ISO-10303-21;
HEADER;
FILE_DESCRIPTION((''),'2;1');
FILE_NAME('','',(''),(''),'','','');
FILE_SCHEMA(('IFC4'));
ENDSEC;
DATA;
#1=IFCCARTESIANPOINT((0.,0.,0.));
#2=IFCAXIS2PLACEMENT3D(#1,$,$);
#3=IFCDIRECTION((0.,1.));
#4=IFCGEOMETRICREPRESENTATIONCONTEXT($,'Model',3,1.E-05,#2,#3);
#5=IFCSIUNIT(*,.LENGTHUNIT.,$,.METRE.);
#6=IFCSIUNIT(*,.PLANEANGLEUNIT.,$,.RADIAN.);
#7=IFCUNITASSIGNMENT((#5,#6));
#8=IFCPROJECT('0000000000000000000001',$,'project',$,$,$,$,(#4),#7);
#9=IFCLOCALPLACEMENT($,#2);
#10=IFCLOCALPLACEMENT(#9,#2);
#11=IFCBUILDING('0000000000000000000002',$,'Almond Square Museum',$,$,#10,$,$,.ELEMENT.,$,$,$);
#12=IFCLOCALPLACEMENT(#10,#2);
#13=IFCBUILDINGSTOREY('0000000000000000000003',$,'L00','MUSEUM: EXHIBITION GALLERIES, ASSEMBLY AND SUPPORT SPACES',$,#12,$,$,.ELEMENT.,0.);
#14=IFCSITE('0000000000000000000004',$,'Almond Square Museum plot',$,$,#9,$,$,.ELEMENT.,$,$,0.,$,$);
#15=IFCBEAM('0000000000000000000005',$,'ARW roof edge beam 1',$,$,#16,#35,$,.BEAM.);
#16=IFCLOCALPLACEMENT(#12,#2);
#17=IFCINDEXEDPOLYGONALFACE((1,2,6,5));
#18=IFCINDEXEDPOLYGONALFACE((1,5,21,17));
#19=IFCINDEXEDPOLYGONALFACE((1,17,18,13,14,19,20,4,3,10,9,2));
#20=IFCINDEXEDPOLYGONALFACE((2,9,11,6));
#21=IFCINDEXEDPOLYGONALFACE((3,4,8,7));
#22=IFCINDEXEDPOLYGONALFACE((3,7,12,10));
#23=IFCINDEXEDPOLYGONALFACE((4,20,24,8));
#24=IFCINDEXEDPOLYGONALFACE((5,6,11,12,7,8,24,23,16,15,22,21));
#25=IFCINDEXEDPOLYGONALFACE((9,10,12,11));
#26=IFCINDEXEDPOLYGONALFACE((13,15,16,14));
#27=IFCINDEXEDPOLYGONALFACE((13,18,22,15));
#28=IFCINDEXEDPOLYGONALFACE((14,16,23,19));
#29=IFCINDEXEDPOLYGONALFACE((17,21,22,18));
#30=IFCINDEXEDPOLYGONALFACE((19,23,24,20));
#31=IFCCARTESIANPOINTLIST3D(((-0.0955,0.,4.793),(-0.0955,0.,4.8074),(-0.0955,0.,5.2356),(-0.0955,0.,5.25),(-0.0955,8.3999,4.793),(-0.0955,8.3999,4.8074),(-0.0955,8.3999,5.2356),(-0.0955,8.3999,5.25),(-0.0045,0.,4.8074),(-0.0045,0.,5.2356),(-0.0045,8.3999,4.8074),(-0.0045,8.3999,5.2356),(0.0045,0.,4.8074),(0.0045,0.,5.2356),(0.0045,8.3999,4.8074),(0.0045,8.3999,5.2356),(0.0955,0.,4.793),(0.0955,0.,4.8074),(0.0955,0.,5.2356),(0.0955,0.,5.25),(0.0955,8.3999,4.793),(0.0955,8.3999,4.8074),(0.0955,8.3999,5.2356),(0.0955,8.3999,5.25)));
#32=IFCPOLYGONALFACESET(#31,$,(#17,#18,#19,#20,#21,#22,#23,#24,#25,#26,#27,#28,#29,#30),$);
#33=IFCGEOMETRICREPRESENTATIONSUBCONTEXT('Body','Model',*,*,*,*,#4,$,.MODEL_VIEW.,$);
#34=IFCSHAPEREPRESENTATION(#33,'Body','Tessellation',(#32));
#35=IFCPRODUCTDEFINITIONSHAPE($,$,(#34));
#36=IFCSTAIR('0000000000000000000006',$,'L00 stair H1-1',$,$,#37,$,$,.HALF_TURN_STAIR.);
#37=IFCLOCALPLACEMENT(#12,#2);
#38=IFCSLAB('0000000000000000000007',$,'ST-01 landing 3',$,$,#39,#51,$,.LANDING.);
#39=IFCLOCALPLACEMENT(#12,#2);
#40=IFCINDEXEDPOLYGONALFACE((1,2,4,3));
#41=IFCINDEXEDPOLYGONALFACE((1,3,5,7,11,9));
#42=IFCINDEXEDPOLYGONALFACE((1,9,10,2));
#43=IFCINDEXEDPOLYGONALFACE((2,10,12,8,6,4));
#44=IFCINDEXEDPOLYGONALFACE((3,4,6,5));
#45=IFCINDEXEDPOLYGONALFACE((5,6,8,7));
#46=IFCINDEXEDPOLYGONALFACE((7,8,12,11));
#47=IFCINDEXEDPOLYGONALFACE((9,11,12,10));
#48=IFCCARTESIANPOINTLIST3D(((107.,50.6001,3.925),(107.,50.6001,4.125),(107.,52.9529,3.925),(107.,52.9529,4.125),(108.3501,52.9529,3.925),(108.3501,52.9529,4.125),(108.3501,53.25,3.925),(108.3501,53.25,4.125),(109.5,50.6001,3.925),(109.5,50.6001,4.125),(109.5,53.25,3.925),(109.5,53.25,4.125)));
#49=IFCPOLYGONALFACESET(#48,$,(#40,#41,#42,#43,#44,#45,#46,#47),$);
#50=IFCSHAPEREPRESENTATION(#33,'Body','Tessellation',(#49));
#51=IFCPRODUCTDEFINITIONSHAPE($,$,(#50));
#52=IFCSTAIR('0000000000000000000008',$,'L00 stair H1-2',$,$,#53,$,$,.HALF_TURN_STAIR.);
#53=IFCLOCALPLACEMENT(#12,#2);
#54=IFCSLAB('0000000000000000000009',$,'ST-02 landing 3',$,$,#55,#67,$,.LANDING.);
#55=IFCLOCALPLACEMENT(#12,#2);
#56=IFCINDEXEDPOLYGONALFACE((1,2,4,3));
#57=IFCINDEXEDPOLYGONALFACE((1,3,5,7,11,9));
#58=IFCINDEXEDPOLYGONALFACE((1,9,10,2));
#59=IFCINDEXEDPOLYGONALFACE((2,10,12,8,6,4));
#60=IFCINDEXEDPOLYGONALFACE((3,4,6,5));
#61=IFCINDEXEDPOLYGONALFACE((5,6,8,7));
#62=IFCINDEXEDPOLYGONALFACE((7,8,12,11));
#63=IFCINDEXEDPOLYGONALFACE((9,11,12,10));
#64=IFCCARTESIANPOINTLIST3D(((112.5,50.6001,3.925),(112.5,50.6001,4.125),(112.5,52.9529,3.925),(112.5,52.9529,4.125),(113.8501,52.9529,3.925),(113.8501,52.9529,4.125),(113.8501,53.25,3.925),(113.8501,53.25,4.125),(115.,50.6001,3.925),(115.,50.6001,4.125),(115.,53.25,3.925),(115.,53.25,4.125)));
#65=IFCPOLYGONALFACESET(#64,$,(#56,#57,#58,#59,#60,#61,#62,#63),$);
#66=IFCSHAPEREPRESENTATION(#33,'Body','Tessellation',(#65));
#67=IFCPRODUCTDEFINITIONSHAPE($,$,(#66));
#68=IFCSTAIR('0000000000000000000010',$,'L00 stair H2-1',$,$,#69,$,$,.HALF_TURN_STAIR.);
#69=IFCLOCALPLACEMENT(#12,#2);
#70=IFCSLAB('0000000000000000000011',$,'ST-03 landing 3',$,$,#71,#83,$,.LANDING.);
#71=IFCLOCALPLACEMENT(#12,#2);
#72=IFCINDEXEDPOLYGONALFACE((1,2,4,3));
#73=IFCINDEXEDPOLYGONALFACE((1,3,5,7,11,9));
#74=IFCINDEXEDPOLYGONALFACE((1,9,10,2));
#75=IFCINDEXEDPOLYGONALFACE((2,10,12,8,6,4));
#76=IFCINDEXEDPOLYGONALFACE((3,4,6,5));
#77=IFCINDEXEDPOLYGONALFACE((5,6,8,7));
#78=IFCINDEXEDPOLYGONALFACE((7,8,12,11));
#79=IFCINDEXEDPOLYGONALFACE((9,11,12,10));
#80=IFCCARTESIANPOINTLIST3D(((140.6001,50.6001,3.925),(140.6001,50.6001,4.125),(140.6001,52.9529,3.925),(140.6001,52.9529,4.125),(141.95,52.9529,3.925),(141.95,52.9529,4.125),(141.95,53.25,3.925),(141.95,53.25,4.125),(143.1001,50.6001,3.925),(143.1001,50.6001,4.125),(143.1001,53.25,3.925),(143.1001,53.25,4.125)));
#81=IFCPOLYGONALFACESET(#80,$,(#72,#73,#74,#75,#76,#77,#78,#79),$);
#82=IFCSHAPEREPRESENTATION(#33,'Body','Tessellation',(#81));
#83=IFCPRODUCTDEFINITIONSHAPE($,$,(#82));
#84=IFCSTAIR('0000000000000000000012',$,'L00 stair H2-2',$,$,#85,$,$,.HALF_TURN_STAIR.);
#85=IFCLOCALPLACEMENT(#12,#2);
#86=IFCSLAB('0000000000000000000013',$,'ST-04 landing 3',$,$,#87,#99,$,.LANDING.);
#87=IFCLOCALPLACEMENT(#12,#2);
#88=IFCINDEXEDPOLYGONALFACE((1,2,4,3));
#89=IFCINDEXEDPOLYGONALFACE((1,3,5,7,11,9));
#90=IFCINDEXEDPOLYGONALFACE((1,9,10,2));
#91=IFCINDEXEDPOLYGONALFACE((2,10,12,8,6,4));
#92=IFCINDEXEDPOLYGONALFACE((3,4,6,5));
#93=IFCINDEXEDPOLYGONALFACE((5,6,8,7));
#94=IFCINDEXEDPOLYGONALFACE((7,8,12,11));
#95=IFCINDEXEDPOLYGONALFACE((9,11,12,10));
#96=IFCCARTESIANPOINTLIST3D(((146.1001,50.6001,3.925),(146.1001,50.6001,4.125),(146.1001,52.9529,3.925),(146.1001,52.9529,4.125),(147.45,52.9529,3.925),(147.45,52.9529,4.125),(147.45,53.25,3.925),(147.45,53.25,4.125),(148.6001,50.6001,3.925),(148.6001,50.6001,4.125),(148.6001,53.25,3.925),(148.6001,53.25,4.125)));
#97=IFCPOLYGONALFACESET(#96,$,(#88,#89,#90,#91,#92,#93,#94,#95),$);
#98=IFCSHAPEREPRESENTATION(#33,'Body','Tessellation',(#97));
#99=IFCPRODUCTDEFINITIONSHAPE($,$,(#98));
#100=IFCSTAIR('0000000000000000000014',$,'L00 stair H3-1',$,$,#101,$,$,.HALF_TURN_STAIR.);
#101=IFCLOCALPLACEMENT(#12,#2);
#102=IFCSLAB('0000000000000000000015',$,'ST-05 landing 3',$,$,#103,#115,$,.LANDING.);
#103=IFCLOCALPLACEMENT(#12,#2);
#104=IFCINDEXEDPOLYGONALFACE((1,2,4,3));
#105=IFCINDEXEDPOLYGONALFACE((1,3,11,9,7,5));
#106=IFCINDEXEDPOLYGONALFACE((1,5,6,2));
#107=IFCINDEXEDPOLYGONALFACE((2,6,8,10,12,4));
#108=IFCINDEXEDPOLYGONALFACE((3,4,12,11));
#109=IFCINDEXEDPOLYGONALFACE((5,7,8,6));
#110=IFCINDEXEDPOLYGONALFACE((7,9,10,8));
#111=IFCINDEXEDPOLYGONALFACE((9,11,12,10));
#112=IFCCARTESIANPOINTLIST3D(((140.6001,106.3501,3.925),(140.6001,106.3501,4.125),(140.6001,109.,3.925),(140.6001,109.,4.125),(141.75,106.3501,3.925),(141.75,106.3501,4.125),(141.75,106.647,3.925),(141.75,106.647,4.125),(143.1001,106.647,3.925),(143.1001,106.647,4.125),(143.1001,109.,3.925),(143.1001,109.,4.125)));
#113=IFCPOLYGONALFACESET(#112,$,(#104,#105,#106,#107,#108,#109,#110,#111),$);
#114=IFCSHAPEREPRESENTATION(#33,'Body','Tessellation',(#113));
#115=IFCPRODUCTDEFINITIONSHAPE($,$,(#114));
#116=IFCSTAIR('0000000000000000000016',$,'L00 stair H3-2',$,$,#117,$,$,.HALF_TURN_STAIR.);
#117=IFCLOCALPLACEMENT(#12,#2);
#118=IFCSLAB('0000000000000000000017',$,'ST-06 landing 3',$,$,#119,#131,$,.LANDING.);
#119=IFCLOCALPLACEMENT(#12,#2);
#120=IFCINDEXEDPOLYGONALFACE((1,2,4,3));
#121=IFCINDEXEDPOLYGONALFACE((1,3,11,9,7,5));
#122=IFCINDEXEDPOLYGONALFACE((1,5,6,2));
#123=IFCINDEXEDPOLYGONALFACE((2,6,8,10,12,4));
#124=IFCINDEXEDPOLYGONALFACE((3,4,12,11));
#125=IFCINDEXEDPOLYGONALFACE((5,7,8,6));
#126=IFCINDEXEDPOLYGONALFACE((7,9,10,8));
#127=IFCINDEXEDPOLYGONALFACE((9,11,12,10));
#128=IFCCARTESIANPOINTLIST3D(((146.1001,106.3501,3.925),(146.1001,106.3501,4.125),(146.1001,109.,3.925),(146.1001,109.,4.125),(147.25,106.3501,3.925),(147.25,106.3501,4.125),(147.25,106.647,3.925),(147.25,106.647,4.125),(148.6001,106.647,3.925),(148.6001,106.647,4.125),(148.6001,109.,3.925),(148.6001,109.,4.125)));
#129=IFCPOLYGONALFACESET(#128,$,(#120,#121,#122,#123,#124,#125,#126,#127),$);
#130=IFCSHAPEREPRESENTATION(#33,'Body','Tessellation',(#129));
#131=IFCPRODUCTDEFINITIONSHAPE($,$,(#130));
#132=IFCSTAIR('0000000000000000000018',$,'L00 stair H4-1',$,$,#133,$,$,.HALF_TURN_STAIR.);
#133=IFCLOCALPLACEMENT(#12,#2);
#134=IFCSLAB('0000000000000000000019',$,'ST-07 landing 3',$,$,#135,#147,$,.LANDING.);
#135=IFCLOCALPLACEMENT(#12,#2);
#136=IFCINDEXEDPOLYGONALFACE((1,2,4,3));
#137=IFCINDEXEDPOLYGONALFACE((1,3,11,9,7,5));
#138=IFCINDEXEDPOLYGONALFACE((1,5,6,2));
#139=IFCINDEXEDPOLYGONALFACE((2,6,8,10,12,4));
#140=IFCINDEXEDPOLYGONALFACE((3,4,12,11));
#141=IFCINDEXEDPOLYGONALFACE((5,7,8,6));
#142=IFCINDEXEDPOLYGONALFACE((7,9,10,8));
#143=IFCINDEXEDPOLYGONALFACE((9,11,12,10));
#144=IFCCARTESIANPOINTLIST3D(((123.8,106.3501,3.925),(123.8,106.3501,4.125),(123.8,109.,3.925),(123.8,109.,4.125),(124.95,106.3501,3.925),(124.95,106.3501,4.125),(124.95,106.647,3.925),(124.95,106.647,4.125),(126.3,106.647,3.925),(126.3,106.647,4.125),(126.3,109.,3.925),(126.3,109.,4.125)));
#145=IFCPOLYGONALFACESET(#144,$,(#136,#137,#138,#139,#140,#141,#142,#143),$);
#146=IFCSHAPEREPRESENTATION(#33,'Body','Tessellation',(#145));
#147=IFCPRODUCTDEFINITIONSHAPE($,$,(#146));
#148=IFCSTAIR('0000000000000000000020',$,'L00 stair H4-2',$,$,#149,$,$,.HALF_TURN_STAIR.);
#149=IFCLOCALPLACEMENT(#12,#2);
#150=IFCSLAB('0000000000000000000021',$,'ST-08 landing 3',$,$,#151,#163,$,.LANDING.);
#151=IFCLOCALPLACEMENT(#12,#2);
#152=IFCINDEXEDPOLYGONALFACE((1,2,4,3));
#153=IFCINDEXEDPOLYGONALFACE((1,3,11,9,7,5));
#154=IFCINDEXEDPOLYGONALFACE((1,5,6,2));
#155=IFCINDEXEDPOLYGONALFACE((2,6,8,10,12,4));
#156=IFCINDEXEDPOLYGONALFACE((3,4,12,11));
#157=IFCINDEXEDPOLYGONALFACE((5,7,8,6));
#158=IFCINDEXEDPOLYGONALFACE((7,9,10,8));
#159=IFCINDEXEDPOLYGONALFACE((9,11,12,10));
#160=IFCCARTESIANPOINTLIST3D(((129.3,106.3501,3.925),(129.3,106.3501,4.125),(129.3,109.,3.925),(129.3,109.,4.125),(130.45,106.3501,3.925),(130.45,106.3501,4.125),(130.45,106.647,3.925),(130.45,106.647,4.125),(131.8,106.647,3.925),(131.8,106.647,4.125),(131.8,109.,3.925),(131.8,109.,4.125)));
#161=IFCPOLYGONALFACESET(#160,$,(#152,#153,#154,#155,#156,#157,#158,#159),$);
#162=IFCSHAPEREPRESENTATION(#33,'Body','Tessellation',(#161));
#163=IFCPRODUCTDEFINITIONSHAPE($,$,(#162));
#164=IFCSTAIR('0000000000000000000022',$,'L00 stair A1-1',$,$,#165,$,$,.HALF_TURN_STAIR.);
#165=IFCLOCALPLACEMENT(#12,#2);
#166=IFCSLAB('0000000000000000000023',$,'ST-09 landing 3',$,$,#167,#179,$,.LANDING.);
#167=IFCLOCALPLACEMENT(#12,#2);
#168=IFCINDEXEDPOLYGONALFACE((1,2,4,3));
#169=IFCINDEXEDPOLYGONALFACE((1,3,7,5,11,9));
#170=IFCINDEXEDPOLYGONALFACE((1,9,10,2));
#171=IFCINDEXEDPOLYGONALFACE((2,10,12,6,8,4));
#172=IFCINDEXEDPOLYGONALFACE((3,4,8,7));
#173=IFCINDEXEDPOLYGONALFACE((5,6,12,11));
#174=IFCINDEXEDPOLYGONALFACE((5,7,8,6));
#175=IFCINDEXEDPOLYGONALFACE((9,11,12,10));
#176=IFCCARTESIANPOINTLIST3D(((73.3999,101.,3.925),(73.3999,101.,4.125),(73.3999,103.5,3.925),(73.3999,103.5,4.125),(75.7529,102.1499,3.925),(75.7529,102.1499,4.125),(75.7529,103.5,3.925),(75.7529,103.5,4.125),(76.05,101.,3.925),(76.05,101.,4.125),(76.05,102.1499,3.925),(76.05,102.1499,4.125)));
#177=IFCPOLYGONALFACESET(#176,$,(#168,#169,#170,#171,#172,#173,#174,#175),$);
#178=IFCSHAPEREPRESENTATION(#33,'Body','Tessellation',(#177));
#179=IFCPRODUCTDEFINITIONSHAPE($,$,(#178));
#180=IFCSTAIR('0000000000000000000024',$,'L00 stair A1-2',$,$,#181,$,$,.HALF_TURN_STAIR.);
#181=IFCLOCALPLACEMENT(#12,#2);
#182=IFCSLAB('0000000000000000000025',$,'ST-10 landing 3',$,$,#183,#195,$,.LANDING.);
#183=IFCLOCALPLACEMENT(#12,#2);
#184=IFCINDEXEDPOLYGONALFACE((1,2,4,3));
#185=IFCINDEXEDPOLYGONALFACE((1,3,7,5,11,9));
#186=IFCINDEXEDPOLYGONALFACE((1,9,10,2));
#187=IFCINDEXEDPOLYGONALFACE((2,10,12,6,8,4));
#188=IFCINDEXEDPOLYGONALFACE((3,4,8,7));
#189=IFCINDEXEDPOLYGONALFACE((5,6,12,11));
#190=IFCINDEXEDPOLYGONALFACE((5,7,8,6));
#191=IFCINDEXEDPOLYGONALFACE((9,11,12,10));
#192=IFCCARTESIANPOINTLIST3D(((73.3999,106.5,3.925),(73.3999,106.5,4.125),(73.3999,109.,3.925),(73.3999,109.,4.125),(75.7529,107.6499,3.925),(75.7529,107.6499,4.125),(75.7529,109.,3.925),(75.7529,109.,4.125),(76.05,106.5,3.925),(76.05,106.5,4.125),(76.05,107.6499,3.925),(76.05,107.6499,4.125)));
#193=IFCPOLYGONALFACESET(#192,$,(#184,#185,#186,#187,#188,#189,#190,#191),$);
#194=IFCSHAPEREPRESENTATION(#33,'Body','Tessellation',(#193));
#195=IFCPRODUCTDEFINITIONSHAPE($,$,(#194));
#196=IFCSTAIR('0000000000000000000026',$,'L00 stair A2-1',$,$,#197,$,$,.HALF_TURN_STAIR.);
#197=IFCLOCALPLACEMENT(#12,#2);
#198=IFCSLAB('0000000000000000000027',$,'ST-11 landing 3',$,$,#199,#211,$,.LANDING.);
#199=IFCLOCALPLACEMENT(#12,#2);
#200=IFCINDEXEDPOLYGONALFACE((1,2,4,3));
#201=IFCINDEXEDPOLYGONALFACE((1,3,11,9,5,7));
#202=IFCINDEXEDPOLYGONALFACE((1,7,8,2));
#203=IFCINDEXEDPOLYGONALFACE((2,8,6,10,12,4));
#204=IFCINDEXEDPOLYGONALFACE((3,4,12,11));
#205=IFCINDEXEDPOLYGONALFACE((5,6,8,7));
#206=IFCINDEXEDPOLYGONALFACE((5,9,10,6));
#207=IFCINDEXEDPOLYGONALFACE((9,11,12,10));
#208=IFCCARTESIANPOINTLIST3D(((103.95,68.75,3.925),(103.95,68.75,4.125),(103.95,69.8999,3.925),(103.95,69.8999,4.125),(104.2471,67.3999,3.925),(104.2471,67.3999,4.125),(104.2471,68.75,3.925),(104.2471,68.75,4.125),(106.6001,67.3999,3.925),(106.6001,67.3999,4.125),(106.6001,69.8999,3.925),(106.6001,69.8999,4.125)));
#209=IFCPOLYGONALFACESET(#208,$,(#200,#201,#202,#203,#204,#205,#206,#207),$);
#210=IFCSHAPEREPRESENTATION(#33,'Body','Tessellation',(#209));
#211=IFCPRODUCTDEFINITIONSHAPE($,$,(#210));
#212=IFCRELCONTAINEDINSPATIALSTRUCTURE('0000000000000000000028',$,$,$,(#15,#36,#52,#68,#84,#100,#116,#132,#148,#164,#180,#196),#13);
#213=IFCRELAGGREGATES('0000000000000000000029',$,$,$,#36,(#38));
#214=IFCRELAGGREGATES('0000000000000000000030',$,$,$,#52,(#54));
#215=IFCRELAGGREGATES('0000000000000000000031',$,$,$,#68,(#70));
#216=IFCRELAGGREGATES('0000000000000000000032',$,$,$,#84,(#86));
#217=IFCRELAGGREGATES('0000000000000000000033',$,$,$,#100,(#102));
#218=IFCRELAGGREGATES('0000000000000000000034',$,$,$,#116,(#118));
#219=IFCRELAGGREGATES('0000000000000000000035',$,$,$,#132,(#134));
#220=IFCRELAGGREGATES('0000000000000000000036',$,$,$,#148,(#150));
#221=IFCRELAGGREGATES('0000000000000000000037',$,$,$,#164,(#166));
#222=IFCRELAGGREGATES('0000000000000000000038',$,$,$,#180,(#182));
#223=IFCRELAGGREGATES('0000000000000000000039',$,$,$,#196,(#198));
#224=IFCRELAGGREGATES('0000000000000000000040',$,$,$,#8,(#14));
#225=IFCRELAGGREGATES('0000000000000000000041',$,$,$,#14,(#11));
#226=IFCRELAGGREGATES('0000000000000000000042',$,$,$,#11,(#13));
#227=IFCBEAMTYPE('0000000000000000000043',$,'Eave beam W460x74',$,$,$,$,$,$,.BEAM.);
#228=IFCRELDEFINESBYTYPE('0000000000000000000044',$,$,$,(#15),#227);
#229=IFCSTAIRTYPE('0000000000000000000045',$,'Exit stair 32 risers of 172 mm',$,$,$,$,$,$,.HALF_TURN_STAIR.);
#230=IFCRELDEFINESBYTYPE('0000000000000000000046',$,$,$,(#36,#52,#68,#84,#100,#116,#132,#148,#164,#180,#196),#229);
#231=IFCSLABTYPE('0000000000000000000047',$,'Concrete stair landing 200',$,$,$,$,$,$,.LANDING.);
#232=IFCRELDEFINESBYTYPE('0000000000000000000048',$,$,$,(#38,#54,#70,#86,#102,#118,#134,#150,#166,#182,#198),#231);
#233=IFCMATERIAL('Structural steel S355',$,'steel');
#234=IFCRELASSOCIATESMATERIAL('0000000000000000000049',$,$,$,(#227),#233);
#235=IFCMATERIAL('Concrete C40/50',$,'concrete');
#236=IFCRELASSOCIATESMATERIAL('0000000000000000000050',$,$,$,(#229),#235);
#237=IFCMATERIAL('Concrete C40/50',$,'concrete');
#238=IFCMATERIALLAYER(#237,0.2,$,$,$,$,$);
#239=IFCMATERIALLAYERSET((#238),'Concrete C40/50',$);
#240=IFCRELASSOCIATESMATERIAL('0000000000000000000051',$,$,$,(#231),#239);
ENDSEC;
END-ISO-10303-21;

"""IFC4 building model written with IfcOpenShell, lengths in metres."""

from ifc_helpers import new_model, si_unit, direction, frame, origin, origin_2d, place, context, subcontext, project, spatial, polyline, i_section, outline, extrude, material, layer, layer_set, material_profile, profile_set, type_object, element, aggregate, save


model = new_model("IFC4")

# Units and contexts
model_context = context("Model", 3, precision=1e-05, world=origin(), true_north=direction((0.0, 1.0)))
body_context = subcontext(model_context, "Body", "Model", "MODEL_VIEW")
ifc_project = project(units=[si_unit("LENGTHUNIT", "METRE"), si_unit("PLANEANGLEUNIT", "RADIAN")], contexts=[model_context])

# Site, building, storey
site_placement = place(None, origin())
site = spatial("IfcSite", under=ifc_project, at=site_placement, Name="Almond Square Museum plot", CompositionType="ELEMENT", RefElevation=0.0)
building_placement = place(site_placement, origin())
building = spatial("IfcBuilding", under=site, at=building_placement, Name="Almond Square Museum", CompositionType="ELEMENT")
storey_placement = place(building_placement, origin())
storey = spatial("IfcBuildingStorey", under=building, at=storey_placement, Name="L00", Description="MUSEUM: EXHIBITION GALLERIES, ASSEMBLY AND SUPPORT SPACES", CompositionType="ELEMENT", Elevation=0.0)

# Beam
ifc_material_1 = material(Name="Structural steel S355", Category="steel")
ifc_material_profile = material_profile(ifc_material_1, i_section(OverallWidth=0.1909, OverallDepth=0.457, WebThickness=0.009, FlangeThickness=0.0144, at=origin_2d()))
ifc_profile_set = profile_set([ifc_material_profile], Name="Structural steel S355")
beam_type = type_object("IfcBeamType", Name="Eave beam W460x74", PredefinedType="BEAM", material=ifc_profile_set)
beam_placement = place(storey_placement, frame((0.0, 0.0, 5.0215), z_axis=(0.0, 1.0, 0.0), x_axis=(-1.0, 0.0, 0.0)))
element("IfcBeam", 1, at=beam_placement, inside=storey, type_object=beam_type, Name="ARW roof edge beam 1", PredefinedType="BEAM", context=body_context, shape_type="SweptSolid", body=[
    extrude(i_section(OverallWidth=0.1909, OverallDepth=0.457, WebThickness=0.009, FlangeThickness=0.0144, at=origin_2d()), origin(), (0.0, 0.0, 1.0), 8.3999),
])

# Stairs, slabs
ifc_material_2 = material(Name="Concrete C40/50", Category="concrete")
stair_type = type_object("IfcStairType", Name="Exit stair 32 risers of 172 mm", PredefinedType="HALF_TURN_STAIR", material=ifc_material_2)
stair_1_placement = place(storey_placement, origin())
stair_1 = element("IfcStair", 2, at=stair_1_placement, inside=storey, type_object=stair_type, Name="L00 stair H1-1", PredefinedType="HALF_TURN_STAIR")
ifc_material_3 = material(Name="Concrete C40/50", Category="concrete")
ifc_layer = layer(ifc_material_3, 0.2)
ifc_layer_set = layer_set([ifc_layer], Name="Concrete C40/50")
slab_type = type_object("IfcSlabType", Name="Concrete stair landing 200", PredefinedType="LANDING", material=ifc_layer_set)
slab_1_placement = place(storey_placement, frame((0.0, 0.0, 3.925)))
slab_1 = element("IfcSlab", 3, at=slab_1_placement, type_object=slab_type, Name="ST-01 landing 3", PredefinedType="LANDING", context=body_context, shape_type="SweptSolid", body=[
    extrude(outline(polyline([(107.0, 52.9529), (107.0, 50.6001), (109.5, 50.6001), (109.5, 53.25), (108.3501, 53.25), (108.3501, 52.9529), (107.0, 52.9529)])), origin(), (0.0, 0.0, 1.0), 0.2),
])
aggregate(stair_1, [slab_1])
stair_2_placement = place(storey_placement, origin())
stair_2 = element("IfcStair", 4, at=stair_2_placement, inside=storey, type_object=stair_type, Name="L00 stair H1-2", PredefinedType="HALF_TURN_STAIR")
slab_2_placement = place(storey_placement, frame((0.0, 0.0, 3.925)))
slab_2 = element("IfcSlab", 5, at=slab_2_placement, type_object=slab_type, Name="ST-02 landing 3", PredefinedType="LANDING", context=body_context, shape_type="SweptSolid", body=[
    extrude(outline(polyline([(112.5, 52.9529), (112.5, 50.6001), (115.0, 50.6001), (115.0, 53.25), (113.8501, 53.25), (113.8501, 52.9529), (112.5, 52.9529)])), origin(), (0.0, 0.0, 1.0), 0.2),
])
aggregate(stair_2, [slab_2])
stair_3_placement = place(storey_placement, origin())
stair_3 = element("IfcStair", 6, at=stair_3_placement, inside=storey, type_object=stair_type, Name="L00 stair H2-1", PredefinedType="HALF_TURN_STAIR")
slab_3_placement = place(storey_placement, frame((0.0, 0.0, 3.925)))
slab_3 = element("IfcSlab", 7, at=slab_3_placement, type_object=slab_type, Name="ST-03 landing 3", PredefinedType="LANDING", context=body_context, shape_type="SweptSolid", body=[
    extrude(outline(polyline([(140.6001, 52.9529), (140.6001, 50.6001), (143.1001, 50.6001), (143.1001, 53.25), (141.95, 53.25), (141.95, 52.9529), (140.6001, 52.9529)])), origin(), (0.0, 0.0, 1.0), 0.2),
])
aggregate(stair_3, [slab_3])
stair_4_placement = place(storey_placement, origin())
stair_4 = element("IfcStair", 8, at=stair_4_placement, inside=storey, type_object=stair_type, Name="L00 stair H2-2", PredefinedType="HALF_TURN_STAIR")
slab_4_placement = place(storey_placement, frame((0.0, 0.0, 3.925)))
slab_4 = element("IfcSlab", 9, at=slab_4_placement, type_object=slab_type, Name="ST-04 landing 3", PredefinedType="LANDING", context=body_context, shape_type="SweptSolid", body=[
    extrude(outline(polyline([(146.1001, 52.9529), (146.1001, 50.6001), (148.6001, 50.6001), (148.6001, 53.25), (147.45, 53.25), (147.45, 52.9529), (146.1001, 52.9529)])), origin(), (0.0, 0.0, 1.0), 0.2),
])
aggregate(stair_4, [slab_4])
stair_5_placement = place(storey_placement, origin())
stair_5 = element("IfcStair", 10, at=stair_5_placement, inside=storey, type_object=stair_type, Name="L00 stair H3-1", PredefinedType="HALF_TURN_STAIR")
slab_5_placement = place(storey_placement, frame((0.0, 0.0, 3.925)))
slab_5 = element("IfcSlab", 11, at=slab_5_placement, type_object=slab_type, Name="ST-05 landing 3", PredefinedType="LANDING", context=body_context, shape_type="SweptSolid", body=[
    extrude(outline(polyline([(143.1001, 106.647), (143.1001, 109.0), (140.6001, 109.0), (140.6001, 106.3501), (141.75, 106.3501), (141.75, 106.647), (143.1001, 106.647)])), origin(), (0.0, 0.0, 1.0), 0.2),
])
aggregate(stair_5, [slab_5])
stair_6_placement = place(storey_placement, origin())
stair_6 = element("IfcStair", 12, at=stair_6_placement, inside=storey, type_object=stair_type, Name="L00 stair H3-2", PredefinedType="HALF_TURN_STAIR")
slab_6_placement = place(storey_placement, frame((0.0, 0.0, 3.925)))
slab_6 = element("IfcSlab", 13, at=slab_6_placement, type_object=slab_type, Name="ST-06 landing 3", PredefinedType="LANDING", context=body_context, shape_type="SweptSolid", body=[
    extrude(outline(polyline([(148.6001, 106.647), (148.6001, 109.0), (146.1001, 109.0), (146.1001, 106.3501), (147.25, 106.3501), (147.25, 106.647), (148.6001, 106.647)])), origin(), (0.0, 0.0, 1.0), 0.2),
])
aggregate(stair_6, [slab_6])
stair_7_placement = place(storey_placement, origin())
stair_7 = element("IfcStair", 14, at=stair_7_placement, inside=storey, type_object=stair_type, Name="L00 stair H4-1", PredefinedType="HALF_TURN_STAIR")
slab_7_placement = place(storey_placement, frame((0.0, 0.0, 3.925)))
slab_7 = element("IfcSlab", 15, at=slab_7_placement, type_object=slab_type, Name="ST-07 landing 3", PredefinedType="LANDING", context=body_context, shape_type="SweptSolid", body=[
    extrude(outline(polyline([(126.3, 106.647), (126.3, 109.0), (123.8, 109.0), (123.8, 106.3501), (124.95, 106.3501), (124.95, 106.647), (126.3, 106.647)])), origin(), (0.0, 0.0, 1.0), 0.2),
])
aggregate(stair_7, [slab_7])
stair_8_placement = place(storey_placement, origin())
stair_8 = element("IfcStair", 16, at=stair_8_placement, inside=storey, type_object=stair_type, Name="L00 stair H4-2", PredefinedType="HALF_TURN_STAIR")
slab_8_placement = place(storey_placement, frame((0.0, 0.0, 3.925)))
slab_8 = element("IfcSlab", 17, at=slab_8_placement, type_object=slab_type, Name="ST-08 landing 3", PredefinedType="LANDING", context=body_context, shape_type="SweptSolid", body=[
    extrude(outline(polyline([(131.8, 106.647), (131.8, 109.0), (129.3, 109.0), (129.3, 106.3501), (130.45, 106.3501), (130.45, 106.647), (131.8, 106.647)])), origin(), (0.0, 0.0, 1.0), 0.2),
])
aggregate(stair_8, [slab_8])
stair_9_placement = place(storey_placement, origin())
stair_9 = element("IfcStair", 18, at=stair_9_placement, inside=storey, type_object=stair_type, Name="L00 stair A1-1", PredefinedType="HALF_TURN_STAIR")
slab_9_placement = place(storey_placement, frame((0.0, 0.0, 3.925)))
slab_9 = element("IfcSlab", 19, at=slab_9_placement, type_object=slab_type, Name="ST-09 landing 3", PredefinedType="LANDING", context=body_context, shape_type="SweptSolid", body=[
    extrude(outline(polyline([(75.7529, 103.5), (73.3999, 103.5), (73.3999, 101.0), (76.05, 101.0), (76.05, 102.1499), (75.7529, 102.1499), (75.7529, 103.5)])), origin(), (0.0, 0.0, 1.0), 0.2),
])
aggregate(stair_9, [slab_9])
stair_10_placement = place(storey_placement, origin())
stair_10 = element("IfcStair", 20, at=stair_10_placement, inside=storey, type_object=stair_type, Name="L00 stair A1-2", PredefinedType="HALF_TURN_STAIR")
slab_10_placement = place(storey_placement, frame((0.0, 0.0, 3.925)))
slab_10 = element("IfcSlab", 21, at=slab_10_placement, type_object=slab_type, Name="ST-10 landing 3", PredefinedType="LANDING", context=body_context, shape_type="SweptSolid", body=[
    extrude(outline(polyline([(75.7529, 109.0), (73.3999, 109.0), (73.3999, 106.5), (76.05, 106.5), (76.05, 107.6499), (75.7529, 107.6499), (75.7529, 109.0)])), origin(), (0.0, 0.0, 1.0), 0.2),
])
aggregate(stair_10, [slab_10])
stair_11_placement = place(storey_placement, origin())
stair_11 = element("IfcStair", 22, at=stair_11_placement, inside=storey, type_object=stair_type, Name="L00 stair A2-1", PredefinedType="HALF_TURN_STAIR")
slab_11_placement = place(storey_placement, frame((0.0, 0.0, 3.925)))
slab_11 = element("IfcSlab", 23, at=slab_11_placement, type_object=slab_type, Name="ST-11 landing 3", PredefinedType="LANDING", context=body_context, shape_type="SweptSolid", body=[
    extrude(outline(polyline([(104.2471, 67.3999), (106.6001, 67.3999), (106.6001, 69.8999), (103.95, 69.8999), (103.95, 68.75), (104.2471, 68.75), (104.2471, 67.3999)])), origin(), (0.0, 0.0, 1.0), 0.2),
])
aggregate(stair_11, [slab_11])

save(model, "model.ifc")
